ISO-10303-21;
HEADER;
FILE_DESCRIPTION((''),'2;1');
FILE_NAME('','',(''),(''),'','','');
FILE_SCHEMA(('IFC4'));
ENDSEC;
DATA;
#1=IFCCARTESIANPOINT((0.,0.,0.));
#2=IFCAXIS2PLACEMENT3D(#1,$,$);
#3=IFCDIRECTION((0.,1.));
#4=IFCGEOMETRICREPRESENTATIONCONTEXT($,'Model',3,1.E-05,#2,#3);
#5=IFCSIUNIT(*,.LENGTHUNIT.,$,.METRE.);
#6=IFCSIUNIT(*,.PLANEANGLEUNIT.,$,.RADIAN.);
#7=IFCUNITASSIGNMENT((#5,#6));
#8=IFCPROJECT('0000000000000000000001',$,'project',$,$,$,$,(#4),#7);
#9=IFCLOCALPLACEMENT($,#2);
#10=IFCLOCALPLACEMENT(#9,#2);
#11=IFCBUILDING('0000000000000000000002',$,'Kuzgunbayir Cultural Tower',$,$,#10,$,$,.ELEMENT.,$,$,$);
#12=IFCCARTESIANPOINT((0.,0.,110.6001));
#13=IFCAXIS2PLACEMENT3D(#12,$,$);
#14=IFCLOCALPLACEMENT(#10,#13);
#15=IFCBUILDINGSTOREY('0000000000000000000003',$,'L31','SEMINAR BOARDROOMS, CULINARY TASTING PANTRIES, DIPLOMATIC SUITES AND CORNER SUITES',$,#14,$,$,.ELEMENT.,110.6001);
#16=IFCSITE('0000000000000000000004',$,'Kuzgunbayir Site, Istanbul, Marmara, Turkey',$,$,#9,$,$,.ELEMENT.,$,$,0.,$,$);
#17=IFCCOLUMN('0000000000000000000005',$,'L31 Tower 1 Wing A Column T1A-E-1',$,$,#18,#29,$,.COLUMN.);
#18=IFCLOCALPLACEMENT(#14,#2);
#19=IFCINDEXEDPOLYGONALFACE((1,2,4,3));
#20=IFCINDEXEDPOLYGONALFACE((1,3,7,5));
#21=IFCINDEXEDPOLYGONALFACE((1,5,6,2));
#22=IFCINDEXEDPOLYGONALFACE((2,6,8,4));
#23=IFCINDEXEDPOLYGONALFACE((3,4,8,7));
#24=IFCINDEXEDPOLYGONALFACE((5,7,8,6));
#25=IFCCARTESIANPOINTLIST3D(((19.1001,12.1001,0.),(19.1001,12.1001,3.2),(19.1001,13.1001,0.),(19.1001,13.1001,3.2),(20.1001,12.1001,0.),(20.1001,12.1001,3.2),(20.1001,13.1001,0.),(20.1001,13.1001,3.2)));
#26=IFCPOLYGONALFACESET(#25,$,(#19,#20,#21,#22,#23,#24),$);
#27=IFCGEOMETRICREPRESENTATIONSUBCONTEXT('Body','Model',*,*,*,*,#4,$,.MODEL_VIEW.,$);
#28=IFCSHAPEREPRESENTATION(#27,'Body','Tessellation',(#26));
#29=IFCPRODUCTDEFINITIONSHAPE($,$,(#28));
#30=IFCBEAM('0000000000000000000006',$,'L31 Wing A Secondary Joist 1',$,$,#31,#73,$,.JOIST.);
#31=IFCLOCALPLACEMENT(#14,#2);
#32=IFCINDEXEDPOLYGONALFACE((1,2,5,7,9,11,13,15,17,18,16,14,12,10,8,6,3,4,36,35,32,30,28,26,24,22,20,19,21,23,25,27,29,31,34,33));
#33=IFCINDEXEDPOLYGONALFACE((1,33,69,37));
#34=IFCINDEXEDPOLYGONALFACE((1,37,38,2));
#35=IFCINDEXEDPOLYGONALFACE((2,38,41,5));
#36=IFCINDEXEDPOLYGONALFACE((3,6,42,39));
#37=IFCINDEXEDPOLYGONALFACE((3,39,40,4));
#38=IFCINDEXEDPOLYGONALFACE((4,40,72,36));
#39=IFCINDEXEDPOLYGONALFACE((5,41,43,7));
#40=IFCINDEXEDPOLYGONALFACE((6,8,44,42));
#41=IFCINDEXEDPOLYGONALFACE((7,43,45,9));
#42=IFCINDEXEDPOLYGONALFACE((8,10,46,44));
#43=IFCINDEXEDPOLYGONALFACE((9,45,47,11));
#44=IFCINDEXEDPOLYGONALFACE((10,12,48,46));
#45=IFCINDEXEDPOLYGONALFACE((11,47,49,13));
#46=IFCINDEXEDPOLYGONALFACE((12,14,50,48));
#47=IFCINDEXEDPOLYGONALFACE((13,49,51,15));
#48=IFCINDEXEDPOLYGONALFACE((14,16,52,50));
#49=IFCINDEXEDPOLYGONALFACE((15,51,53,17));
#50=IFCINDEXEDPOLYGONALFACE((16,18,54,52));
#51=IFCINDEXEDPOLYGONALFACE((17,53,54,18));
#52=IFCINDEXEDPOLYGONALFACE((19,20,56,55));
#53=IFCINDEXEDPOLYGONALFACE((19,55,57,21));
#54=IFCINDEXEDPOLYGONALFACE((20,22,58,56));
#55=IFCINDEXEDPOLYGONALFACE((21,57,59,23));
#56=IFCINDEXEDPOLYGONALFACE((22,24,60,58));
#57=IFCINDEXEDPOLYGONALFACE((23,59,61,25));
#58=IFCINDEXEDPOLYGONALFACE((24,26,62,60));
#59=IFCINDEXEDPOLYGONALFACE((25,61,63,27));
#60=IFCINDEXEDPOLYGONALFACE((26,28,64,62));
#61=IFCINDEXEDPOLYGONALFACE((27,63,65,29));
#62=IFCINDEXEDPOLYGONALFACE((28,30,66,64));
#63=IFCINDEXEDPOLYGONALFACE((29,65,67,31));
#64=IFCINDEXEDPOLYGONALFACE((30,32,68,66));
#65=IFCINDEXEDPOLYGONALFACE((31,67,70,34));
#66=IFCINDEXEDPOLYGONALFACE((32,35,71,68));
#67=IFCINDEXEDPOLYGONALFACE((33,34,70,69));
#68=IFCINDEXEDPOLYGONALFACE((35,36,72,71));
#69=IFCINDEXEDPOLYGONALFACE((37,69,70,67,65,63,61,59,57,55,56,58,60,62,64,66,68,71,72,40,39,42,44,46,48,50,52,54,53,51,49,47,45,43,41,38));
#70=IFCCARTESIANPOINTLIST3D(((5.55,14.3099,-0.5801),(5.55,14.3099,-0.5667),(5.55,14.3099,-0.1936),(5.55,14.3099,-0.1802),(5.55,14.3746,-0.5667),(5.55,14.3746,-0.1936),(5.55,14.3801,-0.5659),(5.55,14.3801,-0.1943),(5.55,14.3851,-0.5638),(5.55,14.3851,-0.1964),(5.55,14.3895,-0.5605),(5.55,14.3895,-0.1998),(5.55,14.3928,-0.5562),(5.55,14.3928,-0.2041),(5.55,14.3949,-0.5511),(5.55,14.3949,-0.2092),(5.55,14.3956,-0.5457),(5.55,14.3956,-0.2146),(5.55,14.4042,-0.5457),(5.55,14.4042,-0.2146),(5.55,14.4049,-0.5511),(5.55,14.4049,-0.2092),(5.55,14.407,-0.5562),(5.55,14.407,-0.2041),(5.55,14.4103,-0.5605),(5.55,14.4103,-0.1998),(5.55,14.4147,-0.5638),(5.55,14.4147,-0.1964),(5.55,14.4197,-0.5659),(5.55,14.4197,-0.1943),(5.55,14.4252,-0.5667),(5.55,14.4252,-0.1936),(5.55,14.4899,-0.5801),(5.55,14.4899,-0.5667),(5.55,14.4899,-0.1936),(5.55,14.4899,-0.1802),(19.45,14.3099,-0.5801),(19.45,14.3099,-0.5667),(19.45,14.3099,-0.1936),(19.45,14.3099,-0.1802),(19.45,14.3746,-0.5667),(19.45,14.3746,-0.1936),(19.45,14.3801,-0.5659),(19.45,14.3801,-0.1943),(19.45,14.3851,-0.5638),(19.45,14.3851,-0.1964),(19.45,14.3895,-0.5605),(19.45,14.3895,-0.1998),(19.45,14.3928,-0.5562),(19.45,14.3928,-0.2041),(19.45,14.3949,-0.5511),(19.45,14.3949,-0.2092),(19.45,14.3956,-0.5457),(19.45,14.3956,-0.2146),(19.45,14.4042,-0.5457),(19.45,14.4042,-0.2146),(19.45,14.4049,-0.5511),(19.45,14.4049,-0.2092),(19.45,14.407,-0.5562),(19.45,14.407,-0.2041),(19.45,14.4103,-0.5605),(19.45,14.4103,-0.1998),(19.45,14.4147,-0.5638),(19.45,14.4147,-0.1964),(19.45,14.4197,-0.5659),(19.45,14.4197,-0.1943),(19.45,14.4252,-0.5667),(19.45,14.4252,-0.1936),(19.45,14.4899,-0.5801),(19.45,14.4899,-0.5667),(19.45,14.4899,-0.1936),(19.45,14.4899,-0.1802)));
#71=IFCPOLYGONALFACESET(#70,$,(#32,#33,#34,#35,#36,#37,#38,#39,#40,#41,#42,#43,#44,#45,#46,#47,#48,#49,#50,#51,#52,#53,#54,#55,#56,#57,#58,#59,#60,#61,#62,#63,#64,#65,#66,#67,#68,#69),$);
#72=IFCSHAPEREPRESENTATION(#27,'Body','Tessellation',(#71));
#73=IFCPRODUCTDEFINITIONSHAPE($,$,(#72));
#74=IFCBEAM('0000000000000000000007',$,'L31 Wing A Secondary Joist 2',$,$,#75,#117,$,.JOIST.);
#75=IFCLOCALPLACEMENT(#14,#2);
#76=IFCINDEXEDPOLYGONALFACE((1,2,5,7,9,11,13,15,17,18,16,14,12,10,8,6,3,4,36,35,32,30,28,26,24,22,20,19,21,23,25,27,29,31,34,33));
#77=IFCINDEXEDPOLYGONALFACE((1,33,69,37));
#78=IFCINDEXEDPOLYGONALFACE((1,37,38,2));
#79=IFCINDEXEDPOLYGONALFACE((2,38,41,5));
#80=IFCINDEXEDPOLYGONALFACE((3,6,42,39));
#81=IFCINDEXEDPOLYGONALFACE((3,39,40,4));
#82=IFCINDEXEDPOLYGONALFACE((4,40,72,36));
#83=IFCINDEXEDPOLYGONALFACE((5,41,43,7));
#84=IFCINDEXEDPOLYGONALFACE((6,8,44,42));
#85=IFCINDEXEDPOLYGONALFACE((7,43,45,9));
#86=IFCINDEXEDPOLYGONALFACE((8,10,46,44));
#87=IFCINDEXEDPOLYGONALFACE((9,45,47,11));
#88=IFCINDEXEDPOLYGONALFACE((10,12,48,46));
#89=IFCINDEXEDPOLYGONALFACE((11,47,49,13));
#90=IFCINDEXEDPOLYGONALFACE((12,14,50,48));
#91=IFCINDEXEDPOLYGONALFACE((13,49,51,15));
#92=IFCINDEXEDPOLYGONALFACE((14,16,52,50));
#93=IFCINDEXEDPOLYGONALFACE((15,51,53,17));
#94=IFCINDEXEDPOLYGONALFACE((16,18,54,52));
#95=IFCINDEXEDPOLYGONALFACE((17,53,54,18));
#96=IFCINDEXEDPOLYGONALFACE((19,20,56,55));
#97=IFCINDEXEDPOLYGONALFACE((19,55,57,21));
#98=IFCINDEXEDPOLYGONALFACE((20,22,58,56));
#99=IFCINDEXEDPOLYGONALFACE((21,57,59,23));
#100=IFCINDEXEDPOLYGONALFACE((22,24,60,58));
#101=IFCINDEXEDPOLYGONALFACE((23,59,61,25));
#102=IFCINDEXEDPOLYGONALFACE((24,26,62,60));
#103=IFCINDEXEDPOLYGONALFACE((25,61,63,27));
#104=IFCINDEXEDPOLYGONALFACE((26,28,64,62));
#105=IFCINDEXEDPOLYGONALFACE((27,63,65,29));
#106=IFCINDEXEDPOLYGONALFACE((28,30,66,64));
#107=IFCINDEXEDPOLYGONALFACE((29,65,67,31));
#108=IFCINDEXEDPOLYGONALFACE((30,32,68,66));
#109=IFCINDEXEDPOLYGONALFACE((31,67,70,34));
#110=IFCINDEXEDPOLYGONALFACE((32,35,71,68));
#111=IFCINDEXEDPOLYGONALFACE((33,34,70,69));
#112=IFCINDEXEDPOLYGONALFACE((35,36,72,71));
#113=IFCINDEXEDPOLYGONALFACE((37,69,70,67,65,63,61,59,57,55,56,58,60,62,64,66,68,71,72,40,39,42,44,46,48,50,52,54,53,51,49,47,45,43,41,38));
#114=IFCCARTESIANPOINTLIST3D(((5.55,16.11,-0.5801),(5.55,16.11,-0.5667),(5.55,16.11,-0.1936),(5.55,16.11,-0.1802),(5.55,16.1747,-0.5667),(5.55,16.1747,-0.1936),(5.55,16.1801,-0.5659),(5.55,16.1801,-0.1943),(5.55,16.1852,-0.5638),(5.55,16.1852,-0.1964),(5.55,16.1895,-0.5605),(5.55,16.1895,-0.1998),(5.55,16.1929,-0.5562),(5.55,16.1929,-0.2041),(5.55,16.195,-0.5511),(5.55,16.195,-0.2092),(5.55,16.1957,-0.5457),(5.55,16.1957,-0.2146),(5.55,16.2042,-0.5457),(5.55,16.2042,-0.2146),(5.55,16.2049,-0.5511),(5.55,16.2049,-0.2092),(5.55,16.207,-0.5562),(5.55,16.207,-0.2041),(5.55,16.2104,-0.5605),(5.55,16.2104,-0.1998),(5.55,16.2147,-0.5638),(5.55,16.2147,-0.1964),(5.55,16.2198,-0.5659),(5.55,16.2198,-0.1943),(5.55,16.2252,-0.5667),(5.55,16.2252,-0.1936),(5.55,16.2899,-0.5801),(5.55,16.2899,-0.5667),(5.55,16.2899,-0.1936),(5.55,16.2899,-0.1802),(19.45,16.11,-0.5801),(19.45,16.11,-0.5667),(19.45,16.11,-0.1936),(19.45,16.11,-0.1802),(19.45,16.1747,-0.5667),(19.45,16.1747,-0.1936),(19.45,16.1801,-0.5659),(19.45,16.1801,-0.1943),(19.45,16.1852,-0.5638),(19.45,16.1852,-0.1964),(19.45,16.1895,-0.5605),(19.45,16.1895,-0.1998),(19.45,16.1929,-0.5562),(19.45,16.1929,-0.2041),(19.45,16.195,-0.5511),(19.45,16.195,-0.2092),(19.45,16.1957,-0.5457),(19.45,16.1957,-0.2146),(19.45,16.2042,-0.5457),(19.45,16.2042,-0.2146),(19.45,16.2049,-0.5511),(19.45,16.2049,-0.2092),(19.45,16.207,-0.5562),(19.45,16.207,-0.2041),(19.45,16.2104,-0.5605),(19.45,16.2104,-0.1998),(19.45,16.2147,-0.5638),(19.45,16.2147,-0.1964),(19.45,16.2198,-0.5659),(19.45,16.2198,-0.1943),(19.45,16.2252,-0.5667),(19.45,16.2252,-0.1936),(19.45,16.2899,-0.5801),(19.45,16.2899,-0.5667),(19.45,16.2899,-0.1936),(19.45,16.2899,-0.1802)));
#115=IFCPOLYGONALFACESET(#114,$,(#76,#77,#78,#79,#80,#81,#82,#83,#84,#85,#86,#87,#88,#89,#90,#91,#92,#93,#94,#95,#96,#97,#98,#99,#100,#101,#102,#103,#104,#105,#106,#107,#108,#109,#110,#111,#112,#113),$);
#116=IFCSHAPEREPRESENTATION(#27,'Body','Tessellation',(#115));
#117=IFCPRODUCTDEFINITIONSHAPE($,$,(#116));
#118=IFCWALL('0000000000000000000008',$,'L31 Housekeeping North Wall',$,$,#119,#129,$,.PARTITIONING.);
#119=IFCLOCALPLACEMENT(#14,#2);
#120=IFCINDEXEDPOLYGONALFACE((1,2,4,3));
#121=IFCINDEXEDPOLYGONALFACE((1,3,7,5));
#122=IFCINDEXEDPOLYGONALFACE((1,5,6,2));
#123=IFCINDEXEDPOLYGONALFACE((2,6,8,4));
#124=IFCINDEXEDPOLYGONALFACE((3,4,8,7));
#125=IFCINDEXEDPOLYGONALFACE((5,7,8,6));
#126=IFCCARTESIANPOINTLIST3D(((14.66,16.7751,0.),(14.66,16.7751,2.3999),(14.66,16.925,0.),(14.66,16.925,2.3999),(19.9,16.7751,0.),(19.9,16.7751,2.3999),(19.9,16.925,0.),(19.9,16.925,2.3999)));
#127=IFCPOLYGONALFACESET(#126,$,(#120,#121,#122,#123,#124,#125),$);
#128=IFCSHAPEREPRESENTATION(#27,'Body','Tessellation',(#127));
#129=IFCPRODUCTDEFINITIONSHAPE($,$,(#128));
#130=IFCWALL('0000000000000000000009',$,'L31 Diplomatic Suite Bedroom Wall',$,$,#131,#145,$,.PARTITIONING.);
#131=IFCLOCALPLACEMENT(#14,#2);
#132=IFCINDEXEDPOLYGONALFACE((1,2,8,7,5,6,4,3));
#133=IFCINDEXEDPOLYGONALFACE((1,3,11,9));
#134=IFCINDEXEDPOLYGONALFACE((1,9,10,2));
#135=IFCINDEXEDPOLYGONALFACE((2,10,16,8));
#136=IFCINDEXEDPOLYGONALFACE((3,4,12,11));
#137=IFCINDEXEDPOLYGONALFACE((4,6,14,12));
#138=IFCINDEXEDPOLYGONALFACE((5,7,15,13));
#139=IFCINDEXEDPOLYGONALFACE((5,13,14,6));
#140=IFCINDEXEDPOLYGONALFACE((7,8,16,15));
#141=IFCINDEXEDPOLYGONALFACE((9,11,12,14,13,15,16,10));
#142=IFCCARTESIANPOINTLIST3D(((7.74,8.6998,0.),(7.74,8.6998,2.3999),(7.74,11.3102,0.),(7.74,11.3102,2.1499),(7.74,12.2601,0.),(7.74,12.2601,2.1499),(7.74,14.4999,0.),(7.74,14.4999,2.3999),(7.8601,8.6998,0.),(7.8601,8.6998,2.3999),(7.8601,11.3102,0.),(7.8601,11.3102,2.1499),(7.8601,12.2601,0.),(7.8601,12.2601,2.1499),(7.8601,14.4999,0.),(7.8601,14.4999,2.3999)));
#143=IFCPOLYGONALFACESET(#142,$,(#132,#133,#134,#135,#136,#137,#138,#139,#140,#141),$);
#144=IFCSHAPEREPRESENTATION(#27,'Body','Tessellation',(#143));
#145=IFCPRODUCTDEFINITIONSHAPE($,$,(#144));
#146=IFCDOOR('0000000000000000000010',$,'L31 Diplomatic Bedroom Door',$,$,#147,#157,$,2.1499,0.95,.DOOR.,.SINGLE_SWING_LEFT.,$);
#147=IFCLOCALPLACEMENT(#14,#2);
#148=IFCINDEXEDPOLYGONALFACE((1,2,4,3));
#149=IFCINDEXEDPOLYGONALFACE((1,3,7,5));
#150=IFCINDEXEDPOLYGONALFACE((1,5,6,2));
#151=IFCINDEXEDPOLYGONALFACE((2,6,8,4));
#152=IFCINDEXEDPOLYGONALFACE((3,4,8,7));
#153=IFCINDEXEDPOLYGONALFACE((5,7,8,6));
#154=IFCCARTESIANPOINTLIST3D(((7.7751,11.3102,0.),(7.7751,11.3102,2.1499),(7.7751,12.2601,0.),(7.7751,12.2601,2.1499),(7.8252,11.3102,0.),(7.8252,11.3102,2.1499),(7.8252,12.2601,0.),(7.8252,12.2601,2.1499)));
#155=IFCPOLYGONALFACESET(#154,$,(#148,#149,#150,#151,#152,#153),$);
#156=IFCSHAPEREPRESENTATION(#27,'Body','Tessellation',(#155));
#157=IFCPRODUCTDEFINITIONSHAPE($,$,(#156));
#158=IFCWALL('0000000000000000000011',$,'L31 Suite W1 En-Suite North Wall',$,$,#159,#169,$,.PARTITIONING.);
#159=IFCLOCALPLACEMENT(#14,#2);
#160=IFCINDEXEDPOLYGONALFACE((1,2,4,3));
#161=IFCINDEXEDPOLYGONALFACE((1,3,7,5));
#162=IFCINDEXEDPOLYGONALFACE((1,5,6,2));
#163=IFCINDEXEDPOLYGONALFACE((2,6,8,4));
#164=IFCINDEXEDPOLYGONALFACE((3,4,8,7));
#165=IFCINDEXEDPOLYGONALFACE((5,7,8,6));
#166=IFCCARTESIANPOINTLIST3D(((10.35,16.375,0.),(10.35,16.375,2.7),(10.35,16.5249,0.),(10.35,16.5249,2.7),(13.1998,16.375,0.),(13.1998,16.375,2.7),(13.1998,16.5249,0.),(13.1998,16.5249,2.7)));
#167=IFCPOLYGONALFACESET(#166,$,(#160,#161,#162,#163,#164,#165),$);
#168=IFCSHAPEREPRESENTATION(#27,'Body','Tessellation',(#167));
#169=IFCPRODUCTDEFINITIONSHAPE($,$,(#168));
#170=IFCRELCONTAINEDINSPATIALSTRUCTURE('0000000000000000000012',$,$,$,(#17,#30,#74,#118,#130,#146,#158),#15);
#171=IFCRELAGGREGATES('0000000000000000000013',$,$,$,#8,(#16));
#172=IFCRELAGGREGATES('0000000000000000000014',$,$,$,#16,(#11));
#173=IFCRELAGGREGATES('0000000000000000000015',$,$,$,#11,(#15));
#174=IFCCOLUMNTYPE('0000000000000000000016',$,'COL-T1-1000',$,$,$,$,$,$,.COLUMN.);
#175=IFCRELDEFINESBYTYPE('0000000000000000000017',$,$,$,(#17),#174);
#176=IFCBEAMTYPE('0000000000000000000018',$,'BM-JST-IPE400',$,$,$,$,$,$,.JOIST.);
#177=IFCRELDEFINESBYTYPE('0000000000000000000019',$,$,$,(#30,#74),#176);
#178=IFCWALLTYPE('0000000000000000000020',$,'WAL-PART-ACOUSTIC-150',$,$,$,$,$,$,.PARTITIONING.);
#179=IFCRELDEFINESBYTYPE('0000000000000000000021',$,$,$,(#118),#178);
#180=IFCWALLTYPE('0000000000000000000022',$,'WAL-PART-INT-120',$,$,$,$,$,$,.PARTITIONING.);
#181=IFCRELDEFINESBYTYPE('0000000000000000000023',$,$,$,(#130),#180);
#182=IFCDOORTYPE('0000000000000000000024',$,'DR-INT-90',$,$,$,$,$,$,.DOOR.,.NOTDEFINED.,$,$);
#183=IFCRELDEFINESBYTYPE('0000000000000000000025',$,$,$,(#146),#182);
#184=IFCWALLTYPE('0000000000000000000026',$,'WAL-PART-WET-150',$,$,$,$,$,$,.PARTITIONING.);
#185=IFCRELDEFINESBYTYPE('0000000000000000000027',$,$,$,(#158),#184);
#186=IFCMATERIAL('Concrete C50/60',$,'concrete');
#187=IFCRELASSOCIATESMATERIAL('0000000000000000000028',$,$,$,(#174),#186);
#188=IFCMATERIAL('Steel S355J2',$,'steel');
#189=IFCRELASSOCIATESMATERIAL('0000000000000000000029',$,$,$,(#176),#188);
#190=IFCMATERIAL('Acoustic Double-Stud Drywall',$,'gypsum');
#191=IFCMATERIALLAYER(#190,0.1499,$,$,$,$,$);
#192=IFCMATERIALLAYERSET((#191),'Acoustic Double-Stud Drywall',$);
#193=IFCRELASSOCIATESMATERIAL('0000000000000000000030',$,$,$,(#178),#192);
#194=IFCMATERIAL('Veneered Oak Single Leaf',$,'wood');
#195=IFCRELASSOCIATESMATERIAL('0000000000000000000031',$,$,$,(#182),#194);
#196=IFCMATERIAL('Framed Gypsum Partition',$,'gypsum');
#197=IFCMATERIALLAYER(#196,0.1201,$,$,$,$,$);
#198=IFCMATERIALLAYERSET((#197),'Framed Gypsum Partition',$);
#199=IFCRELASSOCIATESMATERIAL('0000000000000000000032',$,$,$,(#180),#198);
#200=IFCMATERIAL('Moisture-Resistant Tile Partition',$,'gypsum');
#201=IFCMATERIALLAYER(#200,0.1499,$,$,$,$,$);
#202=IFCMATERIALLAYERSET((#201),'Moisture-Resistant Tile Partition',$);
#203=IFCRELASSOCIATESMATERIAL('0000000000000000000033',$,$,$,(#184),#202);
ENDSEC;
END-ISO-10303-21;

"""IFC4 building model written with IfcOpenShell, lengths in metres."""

from ifc_helpers import new_model, si_unit, direction, frame, frame_2d, origin, origin_2d, place, context, subcontext, project, spatial, rectangle, i_section, extrude, material, layer, layer_set, material_profile, profile_set, type_object, element, fill, save


model = new_model("IFC4")

# Units and contexts
model_context = context("Model", 3, precision=1e-05, world=origin(), true_north=direction((0.0, 1.0)))
body_context = subcontext(model_context, "Body", "Model", "MODEL_VIEW")
ifc_project = project(units=[si_unit("LENGTHUNIT", "METRE"), si_unit("PLANEANGLEUNIT", "RADIAN")], contexts=[model_context])

# Site, building, storey
site_placement = place(None, origin())
site = spatial("IfcSite", under=ifc_project, at=site_placement, Name="Kuzgunbayir Site, Istanbul, Marmara, Turkey", CompositionType="ELEMENT", RefElevation=0.0)
building_placement = place(site_placement, origin())
building = spatial("IfcBuilding", under=site, at=building_placement, Name="Kuzgunbayir Cultural Tower", CompositionType="ELEMENT")
storey_placement = place(building_placement, frame((0.0, 0.0, 110.6001)))
storey = spatial("IfcBuildingStorey", under=building, at=storey_placement, Name="L31", Description="SEMINAR BOARDROOMS, CULINARY TASTING PANTRIES, DIPLOMATIC SUITES AND CORNER SUITES", CompositionType="ELEMENT", Elevation=110.6001)

# Column
ifc_material_1 = material(Name="Concrete C50/60", Category="concrete")
ifc_material_profile_1 = material_profile(ifc_material_1, rectangle(XDim=1.0, YDim=1.0, at=origin_2d()), Name="RC 1000x1000")
ifc_profile_set_1 = profile_set([ifc_material_profile_1], Name="Concrete C50/60")
column_type = type_object("IfcColumnType", Name="COL-T1-1000", PredefinedType="COLUMN", material=ifc_profile_set_1)
column_placement = place(storey_placement, frame((19.6001, 12.6001, 0.0), z_axis=(0.0, 0.0, 1.0), x_axis=(1.0, 0.0, 0.0)))
element("IfcColumn", 1, at=column_placement, inside=storey, type_object=column_type, Name="L31 Tower 1 Wing A Column T1A-E-1", PredefinedType="COLUMN", context=body_context, shape_type="SweptSolid", body=[
    extrude(rectangle(XDim=1.0, YDim=1.0, at=origin_2d()), origin(), (0.0, 0.0, 1.0), 3.2),
])

# Beams
ifc_material_2 = material(Name="Steel S355J2", Category="steel")
ifc_material_profile_2 = material_profile(ifc_material_2, i_section(OverallWidth=0.1799, OverallDepth=0.3999, WebThickness=0.0085, FlangeThickness=0.0134, FilletRadius=0.021, at=origin_2d()), Name="IPE 400")
ifc_profile_set_2 = profile_set([ifc_material_profile_2], Name="Steel S355J2")
beam_type = type_object("IfcBeamType", Name="BM-JST-IPE400", PredefinedType="JOIST", material=ifc_profile_set_2)
for number, where, z_axis, x_axis, name in (
    (2, (5.55, 14.3999, -0.3801), (1.0, 0.0, 0.0), (0.0, 1.0, 0.0), "L31 Wing A Secondary Joist 1"),
    (3, (5.55, 16.2, -0.3801), (1.0, 0.0, 0.0), (0.0, 1.0, 0.0), "L31 Wing A Secondary Joist 2"),
):
    element("IfcBeam", number, at=place(storey_placement, frame(where, z_axis=z_axis, x_axis=x_axis)), inside=storey, type_object=beam_type, Name=name, PredefinedType="JOIST", context=body_context, shape_type="SweptSolid", body=[
        extrude(i_section(OverallWidth=0.1799, OverallDepth=0.3999, WebThickness=0.0085, FlangeThickness=0.0134, FilletRadius=0.021, at=origin_2d()), origin(), (0.0, 0.0, 1.0), 13.8999),
    ])

# Wall
ifc_material_3 = material(Name="Acoustic Double-Stud Drywall", Category="gypsum")
ifc_layer_1 = layer(ifc_material_3, 0.1499)
ifc_layer_set_1 = layer_set([ifc_layer_1], Name="Acoustic Double-Stud Drywall")
wall_type_1 = type_object("IfcWallType", Name="WAL-PART-ACOUSTIC-150", PredefinedType="PARTITIONING", material=ifc_layer_set_1)
wall_1_placement = place(storey_placement, frame((14.6599, 16.8501, 0.0), z_axis=(0.0, 0.0, 1.0), x_axis=(1.0, 0.0, 0.0)))
element("IfcWall", 4, at=wall_1_placement, inside=storey, type_object=wall_type_1, Name="L31 Housekeeping North Wall", PredefinedType="PARTITIONING", context=body_context, shape_type="SweptSolid", body=[
    extrude(rectangle(XDim=5.24, YDim=0.1499, at=frame_2d((2.6201, 0.0))), origin(), (0.0, 0.0, 1.0), 2.3999),
])

# Shared definitions
ifc_material_4 = material(Name="Veneered Oak Single Leaf", Category="wood")
door_type_1 = type_object("IfcDoorType", Name="DR-INT-90", OperationType="NOTDEFINED", PredefinedType="DOOR", material=ifc_material_4)

# Wall, opening, door
ifc_material_5 = material(Name="Framed Gypsum Partition", Category="gypsum")
ifc_layer_2 = layer(ifc_material_5, 0.1201)
ifc_layer_set_2 = layer_set([ifc_layer_2], Name="Framed Gypsum Partition")
wall_type_2 = type_object("IfcWallType", Name="WAL-PART-INT-120", PredefinedType="PARTITIONING", material=ifc_layer_set_2)
wall_2_placement = place(storey_placement, frame((7.8, 8.7, 0.0), z_axis=(0.0, 0.0, 1.0), x_axis=(0.0, 1.0, 0.0)))
wall_2 = element("IfcWall", 5, at=wall_2_placement, inside=storey, type_object=wall_type_2, Name="L31 Diplomatic Suite Bedroom Wall", PredefinedType="PARTITIONING", context=body_context, shape_type="SweptSolid", body=[
    extrude(rectangle(XDim=5.8, YDim=0.1201, at=frame_2d((2.8999, 0.0))), origin(), (0.0, 0.0, 1.0), 2.3999),
])
opening_1_placement = place(wall_2_placement, frame((2.6101, 0.0, 0.0)))
opening_1 = element("IfcOpeningElement", 6, at=opening_1_placement, cuts=wall_2, PredefinedType="OPENING", context=body_context, shape_type="SweptSolid", body=[
    extrude(rectangle(XDim=0.95, YDim=2.1499, at=frame_2d((0.4751, 1.075))), frame((0.0, 0.0701, 0.0), z_axis=(0.0, -1.0, 0.0), x_axis=(1.0, 0.0, 0.0)), (0.0, 0.0, 1.0), 0.1401),
])
door_1_placement = place(opening_1_placement, origin())
door_1 = element("IfcDoor", 7, at=door_1_placement, inside=storey, type_object=door_type_1, Name="L31 Diplomatic Bedroom Door", OperationType="SINGLE_SWING_LEFT", OverallHeight=2.1499, OverallWidth=0.95, PredefinedType="DOOR", context=body_context, shape_type="SweptSolid", body=[
    extrude(rectangle(XDim=0.95, YDim=2.1499, at=frame_2d((0.4751, 1.075))), frame((0.0, 0.0249, 0.0), z_axis=(0.0, -1.0, 0.0), x_axis=(1.0, 0.0, 0.0)), (0.0, 0.0, 1.0), 0.05),
])
fill(opening_1, door_1)

# Wall
ifc_material_6 = material(Name="Moisture-Resistant Tile Partition", Category="gypsum")
ifc_layer_3 = layer(ifc_material_6, 0.1499)
ifc_layer_set_3 = layer_set([ifc_layer_3], Name="Moisture-Resistant Tile Partition")
wall_type_3 = type_object("IfcWallType", Name="WAL-PART-WET-150", PredefinedType="PARTITIONING", material=ifc_layer_set_3)
wall_3_placement = place(storey_placement, frame((10.3501, 16.45, 0.0), z_axis=(0.0, 0.0, 1.0), x_axis=(1.0, 0.0, 0.0)))
element("IfcWall", 8, at=wall_3_placement, inside=storey, type_object=wall_type_3, Name="L31 Suite W1 En-Suite North Wall", PredefinedType="PARTITIONING", context=body_context, shape_type="SweptSolid", body=[
    extrude(rectangle(XDim=2.8499, YDim=0.1499, at=frame_2d((1.4248, 0.0))), origin(), (0.0, 0.0, 1.0), 2.7),
])

save(model, "model.ifc")
